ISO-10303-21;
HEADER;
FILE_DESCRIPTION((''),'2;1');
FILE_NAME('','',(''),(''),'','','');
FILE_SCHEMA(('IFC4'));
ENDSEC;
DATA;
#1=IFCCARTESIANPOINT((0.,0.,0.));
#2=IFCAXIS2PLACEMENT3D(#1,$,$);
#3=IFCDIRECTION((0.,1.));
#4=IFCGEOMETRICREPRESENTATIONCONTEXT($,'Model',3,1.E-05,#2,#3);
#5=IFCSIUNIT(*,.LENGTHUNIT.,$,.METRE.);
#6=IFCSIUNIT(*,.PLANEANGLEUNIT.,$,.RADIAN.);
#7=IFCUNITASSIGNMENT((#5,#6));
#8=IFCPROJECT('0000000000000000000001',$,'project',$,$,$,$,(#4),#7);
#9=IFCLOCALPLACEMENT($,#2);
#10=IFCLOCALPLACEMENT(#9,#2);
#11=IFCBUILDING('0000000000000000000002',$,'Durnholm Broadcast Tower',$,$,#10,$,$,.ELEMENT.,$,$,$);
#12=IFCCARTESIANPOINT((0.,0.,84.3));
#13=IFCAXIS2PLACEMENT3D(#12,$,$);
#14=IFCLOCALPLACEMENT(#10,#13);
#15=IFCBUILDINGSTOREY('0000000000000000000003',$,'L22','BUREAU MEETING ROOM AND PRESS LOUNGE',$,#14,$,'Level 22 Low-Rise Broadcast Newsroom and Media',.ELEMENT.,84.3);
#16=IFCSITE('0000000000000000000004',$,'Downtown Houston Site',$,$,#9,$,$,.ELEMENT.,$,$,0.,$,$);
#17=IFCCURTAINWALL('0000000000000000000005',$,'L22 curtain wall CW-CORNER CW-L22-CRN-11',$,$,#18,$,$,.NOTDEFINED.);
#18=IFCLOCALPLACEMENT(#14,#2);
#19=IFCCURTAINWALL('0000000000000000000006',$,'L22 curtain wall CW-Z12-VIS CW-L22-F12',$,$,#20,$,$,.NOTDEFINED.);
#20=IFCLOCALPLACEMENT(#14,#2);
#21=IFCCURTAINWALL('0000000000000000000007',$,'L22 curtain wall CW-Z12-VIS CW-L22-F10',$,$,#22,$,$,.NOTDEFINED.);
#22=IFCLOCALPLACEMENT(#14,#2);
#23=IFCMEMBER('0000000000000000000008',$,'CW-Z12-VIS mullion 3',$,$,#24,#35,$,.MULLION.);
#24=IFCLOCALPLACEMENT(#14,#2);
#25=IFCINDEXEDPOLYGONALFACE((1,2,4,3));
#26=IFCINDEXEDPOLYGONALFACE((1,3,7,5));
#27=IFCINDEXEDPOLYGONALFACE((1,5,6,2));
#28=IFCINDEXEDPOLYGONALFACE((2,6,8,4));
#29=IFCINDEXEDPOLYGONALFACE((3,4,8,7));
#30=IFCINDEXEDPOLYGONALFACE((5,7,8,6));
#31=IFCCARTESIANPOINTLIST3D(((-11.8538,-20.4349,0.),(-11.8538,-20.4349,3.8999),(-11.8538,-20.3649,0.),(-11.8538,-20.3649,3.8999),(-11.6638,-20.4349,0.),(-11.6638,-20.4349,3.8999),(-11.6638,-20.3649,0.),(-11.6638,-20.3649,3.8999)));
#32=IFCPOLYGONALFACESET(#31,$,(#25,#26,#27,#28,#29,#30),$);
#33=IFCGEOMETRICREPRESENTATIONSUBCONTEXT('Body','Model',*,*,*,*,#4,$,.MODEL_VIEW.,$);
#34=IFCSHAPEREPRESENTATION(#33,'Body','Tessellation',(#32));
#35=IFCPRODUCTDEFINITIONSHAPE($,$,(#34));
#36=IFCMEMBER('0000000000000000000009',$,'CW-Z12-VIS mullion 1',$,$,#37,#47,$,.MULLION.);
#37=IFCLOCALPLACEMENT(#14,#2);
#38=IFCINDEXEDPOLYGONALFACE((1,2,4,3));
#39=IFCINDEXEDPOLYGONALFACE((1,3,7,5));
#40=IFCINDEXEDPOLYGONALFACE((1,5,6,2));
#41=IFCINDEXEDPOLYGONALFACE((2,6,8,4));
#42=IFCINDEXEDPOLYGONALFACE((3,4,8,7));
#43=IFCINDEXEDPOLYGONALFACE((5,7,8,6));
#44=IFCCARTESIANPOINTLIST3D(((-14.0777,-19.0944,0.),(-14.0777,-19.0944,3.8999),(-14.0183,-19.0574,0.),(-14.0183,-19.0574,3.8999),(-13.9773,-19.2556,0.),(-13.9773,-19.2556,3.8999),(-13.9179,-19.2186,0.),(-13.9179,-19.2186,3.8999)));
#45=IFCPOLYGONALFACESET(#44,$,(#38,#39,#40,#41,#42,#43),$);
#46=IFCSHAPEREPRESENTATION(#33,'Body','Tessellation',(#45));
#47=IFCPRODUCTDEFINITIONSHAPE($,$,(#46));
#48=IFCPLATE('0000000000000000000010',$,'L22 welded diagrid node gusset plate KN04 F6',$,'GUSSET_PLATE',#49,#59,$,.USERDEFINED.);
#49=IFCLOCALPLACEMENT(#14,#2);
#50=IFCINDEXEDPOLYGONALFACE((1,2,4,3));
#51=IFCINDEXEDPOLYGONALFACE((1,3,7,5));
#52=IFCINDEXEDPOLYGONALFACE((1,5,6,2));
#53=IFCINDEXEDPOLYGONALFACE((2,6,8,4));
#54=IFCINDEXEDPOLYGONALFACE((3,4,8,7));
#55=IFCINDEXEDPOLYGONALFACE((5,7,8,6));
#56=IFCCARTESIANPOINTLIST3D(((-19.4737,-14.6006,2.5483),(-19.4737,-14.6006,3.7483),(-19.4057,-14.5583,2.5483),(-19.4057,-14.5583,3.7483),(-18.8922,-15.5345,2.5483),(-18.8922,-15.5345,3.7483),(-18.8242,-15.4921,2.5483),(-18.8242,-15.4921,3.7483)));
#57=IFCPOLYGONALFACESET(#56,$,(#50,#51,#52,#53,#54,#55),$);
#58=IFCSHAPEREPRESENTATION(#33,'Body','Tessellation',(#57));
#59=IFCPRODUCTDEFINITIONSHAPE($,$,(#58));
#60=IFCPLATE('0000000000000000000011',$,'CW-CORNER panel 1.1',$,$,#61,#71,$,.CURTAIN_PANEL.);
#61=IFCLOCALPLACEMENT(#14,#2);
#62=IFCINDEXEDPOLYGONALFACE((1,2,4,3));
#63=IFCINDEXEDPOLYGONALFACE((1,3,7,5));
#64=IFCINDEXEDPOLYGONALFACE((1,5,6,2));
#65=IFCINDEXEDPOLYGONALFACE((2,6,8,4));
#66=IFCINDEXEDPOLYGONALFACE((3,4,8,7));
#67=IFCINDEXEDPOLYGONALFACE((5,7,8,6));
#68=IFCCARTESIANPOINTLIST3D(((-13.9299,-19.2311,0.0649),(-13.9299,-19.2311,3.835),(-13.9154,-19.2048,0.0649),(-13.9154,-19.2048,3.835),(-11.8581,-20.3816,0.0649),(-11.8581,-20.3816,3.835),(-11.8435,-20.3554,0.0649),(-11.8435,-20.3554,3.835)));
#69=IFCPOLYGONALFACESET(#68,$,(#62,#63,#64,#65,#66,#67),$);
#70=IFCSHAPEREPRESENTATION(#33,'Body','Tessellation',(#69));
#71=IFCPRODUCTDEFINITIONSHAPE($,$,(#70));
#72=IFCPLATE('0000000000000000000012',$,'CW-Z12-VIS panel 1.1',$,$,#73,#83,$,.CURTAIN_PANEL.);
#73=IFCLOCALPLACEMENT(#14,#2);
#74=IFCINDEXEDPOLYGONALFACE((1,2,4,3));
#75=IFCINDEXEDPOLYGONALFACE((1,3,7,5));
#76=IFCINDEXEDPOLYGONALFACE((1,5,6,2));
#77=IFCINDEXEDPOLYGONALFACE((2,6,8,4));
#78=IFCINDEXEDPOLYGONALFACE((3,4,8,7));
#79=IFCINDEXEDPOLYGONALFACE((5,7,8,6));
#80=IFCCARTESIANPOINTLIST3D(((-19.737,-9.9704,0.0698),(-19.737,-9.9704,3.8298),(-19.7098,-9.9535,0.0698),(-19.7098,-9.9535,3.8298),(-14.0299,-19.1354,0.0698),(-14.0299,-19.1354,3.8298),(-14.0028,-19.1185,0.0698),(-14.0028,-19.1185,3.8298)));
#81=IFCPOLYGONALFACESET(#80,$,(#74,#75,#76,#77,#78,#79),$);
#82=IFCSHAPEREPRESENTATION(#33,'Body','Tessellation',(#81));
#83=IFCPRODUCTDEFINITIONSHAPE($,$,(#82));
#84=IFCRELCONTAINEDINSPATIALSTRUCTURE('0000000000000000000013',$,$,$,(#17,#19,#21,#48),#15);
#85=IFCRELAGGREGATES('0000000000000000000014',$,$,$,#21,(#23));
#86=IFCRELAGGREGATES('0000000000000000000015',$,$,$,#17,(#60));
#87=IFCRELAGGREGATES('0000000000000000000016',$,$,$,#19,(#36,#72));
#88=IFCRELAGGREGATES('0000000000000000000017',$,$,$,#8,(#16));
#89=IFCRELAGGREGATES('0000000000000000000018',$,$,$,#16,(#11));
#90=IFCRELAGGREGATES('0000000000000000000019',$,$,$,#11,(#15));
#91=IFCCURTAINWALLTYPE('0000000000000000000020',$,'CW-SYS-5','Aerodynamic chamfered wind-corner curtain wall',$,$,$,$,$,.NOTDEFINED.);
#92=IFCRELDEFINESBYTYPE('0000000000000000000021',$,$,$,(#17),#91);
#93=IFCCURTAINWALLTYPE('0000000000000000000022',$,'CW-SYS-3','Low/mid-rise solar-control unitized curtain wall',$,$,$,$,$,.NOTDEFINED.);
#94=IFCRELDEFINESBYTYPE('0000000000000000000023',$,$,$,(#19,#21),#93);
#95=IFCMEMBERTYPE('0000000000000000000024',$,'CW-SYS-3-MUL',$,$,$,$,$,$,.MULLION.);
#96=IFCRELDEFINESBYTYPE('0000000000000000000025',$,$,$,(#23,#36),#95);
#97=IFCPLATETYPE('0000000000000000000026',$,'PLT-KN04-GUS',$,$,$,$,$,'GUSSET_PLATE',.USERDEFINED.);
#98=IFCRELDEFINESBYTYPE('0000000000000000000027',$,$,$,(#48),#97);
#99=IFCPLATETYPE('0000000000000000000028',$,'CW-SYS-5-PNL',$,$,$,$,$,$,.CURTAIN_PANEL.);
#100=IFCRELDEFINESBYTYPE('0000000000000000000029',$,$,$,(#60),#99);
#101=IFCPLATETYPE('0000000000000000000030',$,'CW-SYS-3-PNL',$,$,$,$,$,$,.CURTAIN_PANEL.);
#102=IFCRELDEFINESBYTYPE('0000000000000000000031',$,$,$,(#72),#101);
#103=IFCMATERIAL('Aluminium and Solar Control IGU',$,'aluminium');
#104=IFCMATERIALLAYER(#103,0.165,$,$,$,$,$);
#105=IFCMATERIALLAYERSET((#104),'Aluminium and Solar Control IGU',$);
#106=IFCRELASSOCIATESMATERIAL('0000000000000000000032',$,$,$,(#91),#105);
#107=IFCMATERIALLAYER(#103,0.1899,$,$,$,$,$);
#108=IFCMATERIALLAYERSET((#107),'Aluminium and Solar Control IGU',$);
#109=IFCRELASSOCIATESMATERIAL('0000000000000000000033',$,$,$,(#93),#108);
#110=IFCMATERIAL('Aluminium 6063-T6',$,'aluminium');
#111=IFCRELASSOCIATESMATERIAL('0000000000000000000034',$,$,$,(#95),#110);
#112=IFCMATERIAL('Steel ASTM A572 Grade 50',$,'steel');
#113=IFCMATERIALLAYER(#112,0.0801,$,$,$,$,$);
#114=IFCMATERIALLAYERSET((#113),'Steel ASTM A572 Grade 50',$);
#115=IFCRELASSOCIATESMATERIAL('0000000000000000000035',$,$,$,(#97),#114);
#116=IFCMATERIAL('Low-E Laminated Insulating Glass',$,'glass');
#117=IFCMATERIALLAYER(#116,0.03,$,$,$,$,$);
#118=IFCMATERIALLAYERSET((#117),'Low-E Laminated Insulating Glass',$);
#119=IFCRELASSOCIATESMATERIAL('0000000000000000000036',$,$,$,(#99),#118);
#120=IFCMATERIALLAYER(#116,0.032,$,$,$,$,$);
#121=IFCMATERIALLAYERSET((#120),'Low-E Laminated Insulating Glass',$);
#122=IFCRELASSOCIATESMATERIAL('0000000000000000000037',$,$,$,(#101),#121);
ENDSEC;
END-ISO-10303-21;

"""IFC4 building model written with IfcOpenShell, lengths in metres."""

from ifc_helpers import new_model, si_unit, direction, frame, origin, origin_2d, place, context, subcontext, project, spatial, rectangle, extrude, source, transform, mapped, material, layer, layer_set, material_profile, profile_set, type_object, type_shapes, element, aggregate, save


model = new_model("IFC4")

# Units and contexts
model_context = context("Model", 3, precision=1e-05, world=origin(), true_north=direction((0.0, 1.0)))
body_context = subcontext(model_context, "Body", "Model", "MODEL_VIEW")
ifc_project = project(units=[si_unit("LENGTHUNIT", "METRE"), si_unit("PLANEANGLEUNIT", "RADIAN")], contexts=[model_context])

# Site, building, storey
site_placement = place(None, origin())
site = spatial("IfcSite", under=ifc_project, at=site_placement, Name="Downtown Houston Site", CompositionType="ELEMENT", RefElevation=0.0)
building_placement = place(site_placement, origin())
building = spatial("IfcBuilding", under=site, at=building_placement, Name="Durnholm Broadcast Tower", CompositionType="ELEMENT")
storey_placement = place(building_placement, frame((0.0, 0.0, 84.3)))
storey = spatial("IfcBuildingStorey", under=building, at=storey_placement, Name="L22", Description="BUREAU MEETING ROOM AND PRESS LOUNGE", LongName="Level 22 Low-Rise Broadcast Newsroom and Media", CompositionType="ELEMENT", Elevation=84.3)

# Curtain walls
ifc_material_1 = material(Name="Aluminium and Solar Control IGU", Category="aluminium")
ifc_layer_1 = layer(ifc_material_1, 0.165)
ifc_layer_set_1 = layer_set([ifc_layer_1], Name="Aluminium and Solar Control IGU")
curtain_wall_type_1 = type_object("IfcCurtainWallType", Name="CW-SYS-5", Description="Aerodynamic chamfered wind-corner curtain wall", PredefinedType="NOTDEFINED", material=ifc_layer_set_1)
curtain_wall_1_placement = place(storey_placement, origin())
curtain_wall_1 = element("IfcCurtainWall", 1, at=curtain_wall_1_placement, inside=storey, type_object=curtain_wall_type_1, Name="L22 curtain wall CW-CORNER CW-L22-CRN-11", PredefinedType="NOTDEFINED")
ifc_material_2 = material(Name="Aluminium 6063-T6", Category="aluminium")
ifc_layer_2 = layer(ifc_material_1, 0.1899)
ifc_layer_set_2 = layer_set([ifc_layer_2], Name="Aluminium and Solar Control IGU")
curtain_wall_type_2 = type_object("IfcCurtainWallType", Name="CW-SYS-3", Description="Low/mid-rise solar-control unitized curtain wall", PredefinedType="NOTDEFINED", material=ifc_layer_set_2)
curtain_wall_2_placement = place(storey_placement, origin())
curtain_wall_2 = element("IfcCurtainWall", 2, at=curtain_wall_2_placement, inside=storey, type_object=curtain_wall_type_2, Name="L22 curtain wall CW-Z12-VIS CW-L22-F12", PredefinedType="NOTDEFINED")

# Curtain wall, member
curtain_wall_3_placement = place(storey_placement, origin())
curtain_wall_3 = element("IfcCurtainWall", 3, at=curtain_wall_3_placement, inside=storey, type_object=curtain_wall_type_2, Name="L22 curtain wall CW-Z12-VIS CW-L22-F10", PredefinedType="NOTDEFINED")
ifc_material_profile_1 = material_profile(ifc_material_2, rectangle(XDim=0.0701, YDim=0.1899, at=origin_2d()), Name="CWM70X190")
ifc_profile_set_1 = profile_set([ifc_material_profile_1], Name="Aluminium 6063-T6")
member_type_1 = type_object("IfcMemberType", Name="CW-SYS-3-MUL", PredefinedType="MULLION", material=ifc_profile_set_1)
shared_shape_1 = source(origin(), body_context, "Body", "SweptSolid", [
    extrude(rectangle(XDim=0.0701, YDim=0.1899, at=origin_2d()), origin(), (0.0, 0.0, 1.0), 3.8999),
])
type_shapes(member_type_1, [shared_shape_1])
member_1_placement = place(storey_placement, frame((-11.7588, -20.3999, 0.0), z_axis=(0.0, 0.0, 1.0), x_axis=(0.0, -1.0, 0.0)))
member_1 = element("IfcMember", 4, at=member_1_placement, type_object=member_type_1, Name="CW-Z12-VIS mullion 3", PredefinedType="MULLION", context=body_context, shape_type="MappedRepresentation", body=[
    mapped(shared_shape_1, transform((0.0, 0.0, 0.0), x_axis=(1.0, 0.0, 0.0), y_axis=(0.0, 1.0, 0.0), z_axis=(0.0, 0.0, 1.0), scale=1.0)),
])
aggregate(curtain_wall_3, [member_1])

# Member
member_2_placement = place(storey_placement, frame((-13.9978, -19.1565, 0.0), z_axis=(0.0, 0.0, 1.0), x_axis=(-0.848876, -0.528592, 0.0)))
member_2 = element("IfcMember", 5, at=member_2_placement, type_object=member_type_1, Name="CW-Z12-VIS mullion 1", PredefinedType="MULLION", context=body_context, shape_type="MappedRepresentation", body=[
    mapped(shared_shape_1, transform((0.0, 0.0, 0.0), x_axis=(1.0, 0.0, 0.0), y_axis=(0.0, 1.0, 0.0), z_axis=(0.0, 0.0, 1.0), scale=1.0)),
])

# Plates
ifc_material_3 = material(Name="Steel ASTM A572 Grade 50", Category="steel")
ifc_layer_3 = layer(ifc_material_3, 0.0801)
ifc_layer_set_3 = layer_set([ifc_layer_3], Name="Steel ASTM A572 Grade 50")
plate_type_1 = type_object("IfcPlateType", Name="PLT-KN04-GUS", ElementType="GUSSET_PLATE", PredefinedType="USERDEFINED", material=ifc_layer_set_3)
shared_shape_2 = source(origin(), body_context, "Body", "SweptSolid", [
    extrude(rectangle(XDim=1.1001, YDim=0.0801, at=origin_2d()), origin(), (0.0, 0.0, 1.0), 1.2),
])
type_shapes(plate_type_1, [shared_shape_2])
plate_1_placement = place(storey_placement, frame((-19.1489, -15.0464, 2.5483), z_axis=(0.0, 0.0, 1.0), x_axis=(0.528587, -0.848879, 0.0)))
element("IfcPlate", 6, at=plate_1_placement, inside=storey, type_object=plate_type_1, Name="L22 welded diagrid node gusset plate KN04 F6", ObjectType="GUSSET_PLATE", PredefinedType="USERDEFINED", context=body_context, shape_type="MappedRepresentation", body=[
    mapped(shared_shape_2, transform((0.0, 0.0, 0.0), x_axis=(1.0, 0.0, 0.0), y_axis=(0.0, 1.0, 0.0), z_axis=(0.0, 0.0, 1.0), scale=1.0)),
])
ifc_material_4 = material(Name="Low-E Laminated Insulating Glass", Category="glass")
ifc_layer_4 = layer(ifc_material_4, 0.03)
ifc_layer_set_4 = layer_set([ifc_layer_4], Name="Low-E Laminated Insulating Glass")
plate_type_2 = type_object("IfcPlateType", Name="CW-SYS-5-PNL", PredefinedType="CURTAIN_PANEL", material=ifc_layer_set_4)
shared_shape_3 = source(origin(), body_context, "Body", "SweptSolid", [
    extrude(rectangle(XDim=2.3699, YDim=0.03, at=origin_2d()), origin(), (0.0, 0.0, 1.0), 3.77),
])
type_shapes(plate_type_2, [shared_shape_3])
plate_2_placement = place(storey_placement, frame((-12.8867, -19.7932, 0.0649), z_axis=(0.0, 0.0, 1.0), x_axis=(-0.874246, 0.485483, 0.0)))
plate_2 = element("IfcPlate", 7, at=plate_2_placement, type_object=plate_type_2, Name="CW-CORNER panel 1.1", PredefinedType="CURTAIN_PANEL", context=body_context, shape_type="MappedRepresentation", body=[
    mapped(shared_shape_3, transform((0.0, 0.0, 0.0), x_axis=(1.0, 0.0, 0.0), y_axis=(0.0, 1.0, 0.0), z_axis=(0.0, 0.0, 1.0), scale=1.0)),
])
aggregate(curtain_wall_1, [plate_2])
ifc_layer_5 = layer(ifc_material_4, 0.032)
ifc_layer_set_5 = layer_set([ifc_layer_5], Name="Low-E Laminated Insulating Glass")
plate_type_3 = type_object("IfcPlateType", Name="CW-SYS-3-PNL", PredefinedType="CURTAIN_PANEL", material=ifc_layer_set_5)
shared_shape_4 = source(origin(), body_context, "Body", "SweptSolid", [
    extrude(rectangle(XDim=10.7966, YDim=0.032, at=origin_2d()), origin(), (0.0, 0.0, 1.0), 3.76),
])
type_shapes(plate_type_3, [shared_shape_4])
plate_3_placement = place(storey_placement, frame((-16.8699, -14.5444, 0.0698), z_axis=(0.0, 0.0, 1.0), x_axis=(-0.528592, 0.848876, 0.0)))
plate_3 = element("IfcPlate", 8, at=plate_3_placement, type_object=plate_type_3, Name="CW-Z12-VIS panel 1.1", PredefinedType="CURTAIN_PANEL", context=body_context, shape_type="MappedRepresentation", body=[
    mapped(shared_shape_4, transform((0.0, 0.0, 0.0), x_axis=(1.0, 0.0, 0.0), y_axis=(0.0, 1.0, 0.0), z_axis=(0.0, 0.0, 1.0), scale=1.0)),
])
aggregate(curtain_wall_2, [member_2, plate_3])

save(model, "model.ifc")
